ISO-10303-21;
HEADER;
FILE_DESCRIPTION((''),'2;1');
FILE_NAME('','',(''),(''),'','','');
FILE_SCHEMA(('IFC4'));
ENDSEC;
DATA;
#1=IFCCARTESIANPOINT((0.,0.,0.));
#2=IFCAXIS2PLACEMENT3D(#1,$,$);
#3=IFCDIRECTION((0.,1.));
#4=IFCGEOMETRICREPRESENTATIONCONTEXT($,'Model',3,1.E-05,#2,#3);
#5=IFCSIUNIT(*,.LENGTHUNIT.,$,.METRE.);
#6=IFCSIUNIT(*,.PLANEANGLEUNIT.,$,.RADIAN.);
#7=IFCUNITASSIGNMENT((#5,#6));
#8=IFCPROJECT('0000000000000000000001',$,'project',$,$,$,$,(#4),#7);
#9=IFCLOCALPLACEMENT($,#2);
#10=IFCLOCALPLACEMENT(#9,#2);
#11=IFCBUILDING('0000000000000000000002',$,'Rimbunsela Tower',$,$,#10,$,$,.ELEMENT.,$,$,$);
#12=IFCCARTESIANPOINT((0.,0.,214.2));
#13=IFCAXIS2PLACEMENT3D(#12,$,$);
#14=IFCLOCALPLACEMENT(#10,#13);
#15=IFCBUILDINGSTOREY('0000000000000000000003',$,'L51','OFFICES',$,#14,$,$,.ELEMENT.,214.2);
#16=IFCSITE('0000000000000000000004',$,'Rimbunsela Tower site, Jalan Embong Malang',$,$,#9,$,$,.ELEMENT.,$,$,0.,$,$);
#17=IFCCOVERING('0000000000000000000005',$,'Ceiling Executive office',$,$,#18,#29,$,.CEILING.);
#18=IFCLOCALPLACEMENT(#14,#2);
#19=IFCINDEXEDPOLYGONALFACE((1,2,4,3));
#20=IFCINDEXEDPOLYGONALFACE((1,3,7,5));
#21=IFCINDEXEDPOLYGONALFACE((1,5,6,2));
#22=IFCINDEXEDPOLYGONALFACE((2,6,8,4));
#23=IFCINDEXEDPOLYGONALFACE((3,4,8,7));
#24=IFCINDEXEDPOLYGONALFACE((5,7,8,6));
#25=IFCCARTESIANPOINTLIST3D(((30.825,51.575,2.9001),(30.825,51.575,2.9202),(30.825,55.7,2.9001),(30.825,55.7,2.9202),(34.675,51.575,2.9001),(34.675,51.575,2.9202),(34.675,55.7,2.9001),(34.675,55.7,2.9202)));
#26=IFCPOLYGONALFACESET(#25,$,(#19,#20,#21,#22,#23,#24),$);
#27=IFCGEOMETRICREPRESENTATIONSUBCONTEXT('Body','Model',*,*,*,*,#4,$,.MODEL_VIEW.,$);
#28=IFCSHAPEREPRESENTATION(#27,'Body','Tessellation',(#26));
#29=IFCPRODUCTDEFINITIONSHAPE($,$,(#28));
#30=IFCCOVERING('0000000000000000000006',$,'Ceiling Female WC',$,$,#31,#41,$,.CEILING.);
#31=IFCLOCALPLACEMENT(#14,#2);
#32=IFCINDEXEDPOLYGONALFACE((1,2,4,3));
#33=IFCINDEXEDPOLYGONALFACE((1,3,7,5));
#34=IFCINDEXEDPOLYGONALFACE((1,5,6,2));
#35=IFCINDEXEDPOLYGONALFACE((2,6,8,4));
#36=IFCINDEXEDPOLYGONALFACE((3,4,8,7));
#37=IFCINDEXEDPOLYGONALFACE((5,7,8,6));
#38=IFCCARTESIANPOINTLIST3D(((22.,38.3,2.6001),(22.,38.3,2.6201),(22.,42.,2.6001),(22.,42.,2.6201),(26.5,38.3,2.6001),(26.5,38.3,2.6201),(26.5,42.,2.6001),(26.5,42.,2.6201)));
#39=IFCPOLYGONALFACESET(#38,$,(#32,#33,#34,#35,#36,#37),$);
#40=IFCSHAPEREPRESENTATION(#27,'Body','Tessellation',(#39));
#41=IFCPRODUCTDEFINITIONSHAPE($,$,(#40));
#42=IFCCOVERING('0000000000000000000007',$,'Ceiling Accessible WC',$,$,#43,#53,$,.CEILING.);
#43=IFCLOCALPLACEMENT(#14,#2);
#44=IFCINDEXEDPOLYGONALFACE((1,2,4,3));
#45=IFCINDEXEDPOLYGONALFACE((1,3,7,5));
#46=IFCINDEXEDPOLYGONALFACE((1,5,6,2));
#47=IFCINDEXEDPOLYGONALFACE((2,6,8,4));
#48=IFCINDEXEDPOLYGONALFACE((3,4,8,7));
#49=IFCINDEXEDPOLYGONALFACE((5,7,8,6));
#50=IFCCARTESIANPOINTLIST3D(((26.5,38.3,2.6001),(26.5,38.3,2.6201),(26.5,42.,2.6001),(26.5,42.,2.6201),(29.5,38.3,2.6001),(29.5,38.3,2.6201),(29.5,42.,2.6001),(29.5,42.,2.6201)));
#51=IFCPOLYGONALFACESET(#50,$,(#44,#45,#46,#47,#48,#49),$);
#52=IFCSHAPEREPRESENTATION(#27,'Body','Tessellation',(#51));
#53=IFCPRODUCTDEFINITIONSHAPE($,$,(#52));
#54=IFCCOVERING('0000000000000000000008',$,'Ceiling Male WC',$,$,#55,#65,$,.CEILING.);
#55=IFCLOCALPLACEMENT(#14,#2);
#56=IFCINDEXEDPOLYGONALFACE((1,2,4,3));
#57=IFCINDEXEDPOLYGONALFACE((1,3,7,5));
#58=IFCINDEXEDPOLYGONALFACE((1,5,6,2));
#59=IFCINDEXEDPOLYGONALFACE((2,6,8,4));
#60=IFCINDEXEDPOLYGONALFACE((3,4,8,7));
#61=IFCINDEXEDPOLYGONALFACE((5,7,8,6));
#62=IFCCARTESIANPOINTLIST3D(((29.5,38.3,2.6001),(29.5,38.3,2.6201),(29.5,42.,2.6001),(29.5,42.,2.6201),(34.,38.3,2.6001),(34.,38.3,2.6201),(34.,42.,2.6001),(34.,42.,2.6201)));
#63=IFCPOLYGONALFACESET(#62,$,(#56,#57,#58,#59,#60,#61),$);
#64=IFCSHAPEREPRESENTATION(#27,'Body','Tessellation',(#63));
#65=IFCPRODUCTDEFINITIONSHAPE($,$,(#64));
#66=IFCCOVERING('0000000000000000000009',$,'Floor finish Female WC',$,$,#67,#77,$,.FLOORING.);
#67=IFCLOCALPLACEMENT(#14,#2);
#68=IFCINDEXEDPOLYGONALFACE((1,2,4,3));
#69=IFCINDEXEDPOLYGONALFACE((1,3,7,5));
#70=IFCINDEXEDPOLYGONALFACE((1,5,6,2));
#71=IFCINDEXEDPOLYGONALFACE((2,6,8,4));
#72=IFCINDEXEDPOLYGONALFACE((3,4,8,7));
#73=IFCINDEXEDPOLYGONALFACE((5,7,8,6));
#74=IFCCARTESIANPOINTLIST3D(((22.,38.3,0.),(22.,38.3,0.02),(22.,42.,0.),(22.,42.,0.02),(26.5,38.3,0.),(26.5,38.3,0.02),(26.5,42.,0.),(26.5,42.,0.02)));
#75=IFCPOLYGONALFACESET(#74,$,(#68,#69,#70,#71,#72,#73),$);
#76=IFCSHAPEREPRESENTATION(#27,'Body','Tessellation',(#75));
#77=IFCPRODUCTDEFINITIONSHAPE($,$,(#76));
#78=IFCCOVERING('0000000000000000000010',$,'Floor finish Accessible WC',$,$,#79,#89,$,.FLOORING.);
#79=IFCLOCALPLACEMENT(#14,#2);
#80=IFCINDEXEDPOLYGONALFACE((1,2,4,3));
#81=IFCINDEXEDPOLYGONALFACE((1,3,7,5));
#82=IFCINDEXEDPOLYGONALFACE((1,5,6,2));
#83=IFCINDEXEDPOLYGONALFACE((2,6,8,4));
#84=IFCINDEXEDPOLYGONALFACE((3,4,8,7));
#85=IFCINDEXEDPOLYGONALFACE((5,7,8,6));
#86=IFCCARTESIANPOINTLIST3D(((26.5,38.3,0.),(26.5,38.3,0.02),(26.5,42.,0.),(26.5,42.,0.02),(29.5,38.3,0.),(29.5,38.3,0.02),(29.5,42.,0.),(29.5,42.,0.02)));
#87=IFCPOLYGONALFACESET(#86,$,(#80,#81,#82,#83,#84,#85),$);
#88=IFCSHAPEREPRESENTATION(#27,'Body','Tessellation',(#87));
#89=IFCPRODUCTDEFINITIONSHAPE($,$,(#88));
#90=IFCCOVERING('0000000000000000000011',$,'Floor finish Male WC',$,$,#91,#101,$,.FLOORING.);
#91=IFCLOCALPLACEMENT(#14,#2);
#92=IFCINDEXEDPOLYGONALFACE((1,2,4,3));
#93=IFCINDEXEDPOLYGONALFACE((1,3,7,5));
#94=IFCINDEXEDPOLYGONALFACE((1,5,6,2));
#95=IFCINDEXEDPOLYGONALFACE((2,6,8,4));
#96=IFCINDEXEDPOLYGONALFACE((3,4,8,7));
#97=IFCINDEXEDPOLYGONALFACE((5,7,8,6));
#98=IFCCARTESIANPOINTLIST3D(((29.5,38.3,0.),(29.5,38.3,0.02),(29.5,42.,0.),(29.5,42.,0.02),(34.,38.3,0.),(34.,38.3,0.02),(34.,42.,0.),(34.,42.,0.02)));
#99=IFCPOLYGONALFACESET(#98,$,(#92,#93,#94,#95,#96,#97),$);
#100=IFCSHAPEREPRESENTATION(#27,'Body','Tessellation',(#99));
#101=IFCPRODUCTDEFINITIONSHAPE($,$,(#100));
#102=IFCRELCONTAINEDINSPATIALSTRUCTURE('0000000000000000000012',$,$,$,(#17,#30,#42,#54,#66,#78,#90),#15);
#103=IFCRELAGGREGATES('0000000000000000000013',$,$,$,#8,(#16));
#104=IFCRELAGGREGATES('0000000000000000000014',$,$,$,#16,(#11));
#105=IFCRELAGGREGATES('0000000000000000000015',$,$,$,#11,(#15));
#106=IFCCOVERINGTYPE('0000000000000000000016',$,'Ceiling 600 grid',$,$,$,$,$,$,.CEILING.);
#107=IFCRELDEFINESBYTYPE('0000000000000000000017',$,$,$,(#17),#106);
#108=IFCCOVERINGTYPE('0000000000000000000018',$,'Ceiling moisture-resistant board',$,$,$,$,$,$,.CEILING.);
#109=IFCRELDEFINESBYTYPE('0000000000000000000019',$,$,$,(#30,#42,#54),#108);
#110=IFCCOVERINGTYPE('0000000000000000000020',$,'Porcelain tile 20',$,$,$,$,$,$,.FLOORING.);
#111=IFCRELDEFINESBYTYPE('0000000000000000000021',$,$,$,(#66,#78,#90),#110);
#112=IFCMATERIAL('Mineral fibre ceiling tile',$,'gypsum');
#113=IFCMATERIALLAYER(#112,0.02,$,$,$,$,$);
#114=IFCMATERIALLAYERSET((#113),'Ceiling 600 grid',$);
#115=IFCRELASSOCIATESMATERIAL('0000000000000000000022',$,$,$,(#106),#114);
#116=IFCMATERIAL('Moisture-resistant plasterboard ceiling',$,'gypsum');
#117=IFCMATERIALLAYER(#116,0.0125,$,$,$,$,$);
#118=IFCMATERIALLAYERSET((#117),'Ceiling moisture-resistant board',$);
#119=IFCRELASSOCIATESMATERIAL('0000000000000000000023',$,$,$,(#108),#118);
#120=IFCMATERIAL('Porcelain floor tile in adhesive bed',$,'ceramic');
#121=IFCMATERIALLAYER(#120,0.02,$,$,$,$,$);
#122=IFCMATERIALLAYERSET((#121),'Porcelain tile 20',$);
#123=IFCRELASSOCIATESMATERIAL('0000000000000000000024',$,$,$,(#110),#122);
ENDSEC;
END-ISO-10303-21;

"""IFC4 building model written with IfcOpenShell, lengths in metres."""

from ifc_helpers import new_model, si_unit, direction, frame, origin, place, context, subcontext, project, spatial, polyline, outline, extrude, material, layer, layer_set, type_object, element, save


model = new_model("IFC4")

# Units and contexts
model_context = context("Model", 3, precision=1e-05, world=origin(), true_north=direction((0.0, 1.0)))
body_context = subcontext(model_context, "Body", "Model", "MODEL_VIEW")
ifc_project = project(units=[si_unit("LENGTHUNIT", "METRE"), si_unit("PLANEANGLEUNIT", "RADIAN")], contexts=[model_context])

# Site, building, storey
site_placement = place(None, origin())
site = spatial("IfcSite", under=ifc_project, at=site_placement, Name="Rimbunsela Tower site, Jalan Embong Malang", CompositionType="ELEMENT", RefElevation=0.0)
building_placement = place(site_placement, origin())
building = spatial("IfcBuilding", under=site, at=building_placement, Name="Rimbunsela Tower", CompositionType="ELEMENT")
storey_placement = place(building_placement, frame((0.0, 0.0, 214.2)))
storey = spatial("IfcBuildingStorey", under=building, at=storey_placement, Name="L51", Description="OFFICES", CompositionType="ELEMENT", Elevation=214.2)

# Coverings
ifc_material_1 = material(Name="Mineral fibre ceiling tile", Category="gypsum")
ifc_layer_1 = layer(ifc_material_1, 0.02)
ifc_layer_set_1 = layer_set([ifc_layer_1], Name="Ceiling 600 grid")
covering_type_1 = type_object("IfcCoveringType", Name="Ceiling 600 grid", PredefinedType="CEILING", material=ifc_layer_set_1)
covering_1_placement = place(storey_placement, frame((0.0, 0.0, 2.9001)))
element("IfcCovering", 1, at=covering_1_placement, inside=storey, type_object=covering_type_1, Name="Ceiling Executive office", PredefinedType="CEILING", context=body_context, shape_type="SweptSolid", body=[
    extrude(outline(polyline([(34.675, 51.575), (34.675, 55.7), (30.825, 55.7), (30.825, 51.575), (34.675, 51.575)])), origin(), (0.0, 0.0, 1.0), 0.02),
])
ifc_material_2 = material(Name="Moisture-resistant plasterboard ceiling", Category="gypsum")
ifc_layer_2 = layer(ifc_material_2, 0.0125)
ifc_layer_set_2 = layer_set([ifc_layer_2], Name="Ceiling moisture-resistant board")
covering_type_2 = type_object("IfcCoveringType", Name="Ceiling moisture-resistant board", PredefinedType="CEILING", material=ifc_layer_set_2)
covering_2_placement = place(storey_placement, frame((0.0, 0.0, 2.6001)))
element("IfcCovering", 2, at=covering_2_placement, inside=storey, type_object=covering_type_2, Name="Ceiling Female WC", PredefinedType="CEILING", context=body_context, shape_type="SweptSolid", body=[
    extrude(outline(polyline([(26.5, 38.3), (26.5, 42.0), (22.0, 42.0), (22.0, 38.3), (26.5, 38.3)])), origin(), (0.0, 0.0, 1.0), 0.02),
])
covering_3_placement = place(storey_placement, frame((0.0, 0.0, 2.6001)))
element("IfcCovering", 3, at=covering_3_placement, inside=storey, type_object=covering_type_2, Name="Ceiling Accessible WC", PredefinedType="CEILING", context=body_context, shape_type="SweptSolid", body=[
    extrude(outline(polyline([(29.5, 38.3), (29.5, 42.0), (26.5, 42.0), (26.5, 38.3), (29.5, 38.3)])), origin(), (0.0, 0.0, 1.0), 0.02),
])
covering_4_placement = place(storey_placement, frame((0.0, 0.0, 2.6001)))
element("IfcCovering", 4, at=covering_4_placement, inside=storey, type_object=covering_type_2, Name="Ceiling Male WC", PredefinedType="CEILING", context=body_context, shape_type="SweptSolid", body=[
    extrude(outline(polyline([(34.0, 38.3), (34.0, 42.0), (29.5, 42.0), (29.5, 38.3), (34.0, 38.3)])), origin(), (0.0, 0.0, 1.0), 0.02),
])
ifc_material_3 = material(Name="Porcelain floor tile in adhesive bed", Category="ceramic")
ifc_layer_3 = layer(ifc_material_3, 0.02)
ifc_layer_set_3 = layer_set([ifc_layer_3], Name="Porcelain tile 20")
covering_type_3 = type_object("IfcCoveringType", Name="Porcelain tile 20", PredefinedType="FLOORING", material=ifc_layer_set_3)
covering_5_placement = place(storey_placement, origin())
element("IfcCovering", 5, at=covering_5_placement, inside=storey, type_object=covering_type_3, Name="Floor finish Female WC", PredefinedType="FLOORING", context=body_context, shape_type="SweptSolid", body=[
    extrude(outline(polyline([(26.5, 38.3), (26.5, 42.0), (22.0, 42.0), (22.0, 38.3), (26.5, 38.3)])), origin(), (0.0, 0.0, 1.0), 0.02),
])
covering_6_placement = place(storey_placement, origin())
element("IfcCovering", 6, at=covering_6_placement, inside=storey, type_object=covering_type_3, Name="Floor finish Accessible WC", PredefinedType="FLOORING", context=body_context, shape_type="SweptSolid", body=[
    extrude(outline(polyline([(29.5, 38.3), (29.5, 42.0), (26.5, 42.0), (26.5, 38.3), (29.5, 38.3)])), origin(), (0.0, 0.0, 1.0), 0.02),
])
covering_7_placement = place(storey_placement, origin())
element("IfcCovering", 7, at=covering_7_placement, inside=storey, type_object=covering_type_3, Name="Floor finish Male WC", PredefinedType="FLOORING", context=body_context, shape_type="SweptSolid", body=[
    extrude(outline(polyline([(34.0, 38.3), (34.0, 42.0), (29.5, 42.0), (29.5, 38.3), (34.0, 38.3)])), origin(), (0.0, 0.0, 1.0), 0.02),
])

save(model, "model.ifc")
